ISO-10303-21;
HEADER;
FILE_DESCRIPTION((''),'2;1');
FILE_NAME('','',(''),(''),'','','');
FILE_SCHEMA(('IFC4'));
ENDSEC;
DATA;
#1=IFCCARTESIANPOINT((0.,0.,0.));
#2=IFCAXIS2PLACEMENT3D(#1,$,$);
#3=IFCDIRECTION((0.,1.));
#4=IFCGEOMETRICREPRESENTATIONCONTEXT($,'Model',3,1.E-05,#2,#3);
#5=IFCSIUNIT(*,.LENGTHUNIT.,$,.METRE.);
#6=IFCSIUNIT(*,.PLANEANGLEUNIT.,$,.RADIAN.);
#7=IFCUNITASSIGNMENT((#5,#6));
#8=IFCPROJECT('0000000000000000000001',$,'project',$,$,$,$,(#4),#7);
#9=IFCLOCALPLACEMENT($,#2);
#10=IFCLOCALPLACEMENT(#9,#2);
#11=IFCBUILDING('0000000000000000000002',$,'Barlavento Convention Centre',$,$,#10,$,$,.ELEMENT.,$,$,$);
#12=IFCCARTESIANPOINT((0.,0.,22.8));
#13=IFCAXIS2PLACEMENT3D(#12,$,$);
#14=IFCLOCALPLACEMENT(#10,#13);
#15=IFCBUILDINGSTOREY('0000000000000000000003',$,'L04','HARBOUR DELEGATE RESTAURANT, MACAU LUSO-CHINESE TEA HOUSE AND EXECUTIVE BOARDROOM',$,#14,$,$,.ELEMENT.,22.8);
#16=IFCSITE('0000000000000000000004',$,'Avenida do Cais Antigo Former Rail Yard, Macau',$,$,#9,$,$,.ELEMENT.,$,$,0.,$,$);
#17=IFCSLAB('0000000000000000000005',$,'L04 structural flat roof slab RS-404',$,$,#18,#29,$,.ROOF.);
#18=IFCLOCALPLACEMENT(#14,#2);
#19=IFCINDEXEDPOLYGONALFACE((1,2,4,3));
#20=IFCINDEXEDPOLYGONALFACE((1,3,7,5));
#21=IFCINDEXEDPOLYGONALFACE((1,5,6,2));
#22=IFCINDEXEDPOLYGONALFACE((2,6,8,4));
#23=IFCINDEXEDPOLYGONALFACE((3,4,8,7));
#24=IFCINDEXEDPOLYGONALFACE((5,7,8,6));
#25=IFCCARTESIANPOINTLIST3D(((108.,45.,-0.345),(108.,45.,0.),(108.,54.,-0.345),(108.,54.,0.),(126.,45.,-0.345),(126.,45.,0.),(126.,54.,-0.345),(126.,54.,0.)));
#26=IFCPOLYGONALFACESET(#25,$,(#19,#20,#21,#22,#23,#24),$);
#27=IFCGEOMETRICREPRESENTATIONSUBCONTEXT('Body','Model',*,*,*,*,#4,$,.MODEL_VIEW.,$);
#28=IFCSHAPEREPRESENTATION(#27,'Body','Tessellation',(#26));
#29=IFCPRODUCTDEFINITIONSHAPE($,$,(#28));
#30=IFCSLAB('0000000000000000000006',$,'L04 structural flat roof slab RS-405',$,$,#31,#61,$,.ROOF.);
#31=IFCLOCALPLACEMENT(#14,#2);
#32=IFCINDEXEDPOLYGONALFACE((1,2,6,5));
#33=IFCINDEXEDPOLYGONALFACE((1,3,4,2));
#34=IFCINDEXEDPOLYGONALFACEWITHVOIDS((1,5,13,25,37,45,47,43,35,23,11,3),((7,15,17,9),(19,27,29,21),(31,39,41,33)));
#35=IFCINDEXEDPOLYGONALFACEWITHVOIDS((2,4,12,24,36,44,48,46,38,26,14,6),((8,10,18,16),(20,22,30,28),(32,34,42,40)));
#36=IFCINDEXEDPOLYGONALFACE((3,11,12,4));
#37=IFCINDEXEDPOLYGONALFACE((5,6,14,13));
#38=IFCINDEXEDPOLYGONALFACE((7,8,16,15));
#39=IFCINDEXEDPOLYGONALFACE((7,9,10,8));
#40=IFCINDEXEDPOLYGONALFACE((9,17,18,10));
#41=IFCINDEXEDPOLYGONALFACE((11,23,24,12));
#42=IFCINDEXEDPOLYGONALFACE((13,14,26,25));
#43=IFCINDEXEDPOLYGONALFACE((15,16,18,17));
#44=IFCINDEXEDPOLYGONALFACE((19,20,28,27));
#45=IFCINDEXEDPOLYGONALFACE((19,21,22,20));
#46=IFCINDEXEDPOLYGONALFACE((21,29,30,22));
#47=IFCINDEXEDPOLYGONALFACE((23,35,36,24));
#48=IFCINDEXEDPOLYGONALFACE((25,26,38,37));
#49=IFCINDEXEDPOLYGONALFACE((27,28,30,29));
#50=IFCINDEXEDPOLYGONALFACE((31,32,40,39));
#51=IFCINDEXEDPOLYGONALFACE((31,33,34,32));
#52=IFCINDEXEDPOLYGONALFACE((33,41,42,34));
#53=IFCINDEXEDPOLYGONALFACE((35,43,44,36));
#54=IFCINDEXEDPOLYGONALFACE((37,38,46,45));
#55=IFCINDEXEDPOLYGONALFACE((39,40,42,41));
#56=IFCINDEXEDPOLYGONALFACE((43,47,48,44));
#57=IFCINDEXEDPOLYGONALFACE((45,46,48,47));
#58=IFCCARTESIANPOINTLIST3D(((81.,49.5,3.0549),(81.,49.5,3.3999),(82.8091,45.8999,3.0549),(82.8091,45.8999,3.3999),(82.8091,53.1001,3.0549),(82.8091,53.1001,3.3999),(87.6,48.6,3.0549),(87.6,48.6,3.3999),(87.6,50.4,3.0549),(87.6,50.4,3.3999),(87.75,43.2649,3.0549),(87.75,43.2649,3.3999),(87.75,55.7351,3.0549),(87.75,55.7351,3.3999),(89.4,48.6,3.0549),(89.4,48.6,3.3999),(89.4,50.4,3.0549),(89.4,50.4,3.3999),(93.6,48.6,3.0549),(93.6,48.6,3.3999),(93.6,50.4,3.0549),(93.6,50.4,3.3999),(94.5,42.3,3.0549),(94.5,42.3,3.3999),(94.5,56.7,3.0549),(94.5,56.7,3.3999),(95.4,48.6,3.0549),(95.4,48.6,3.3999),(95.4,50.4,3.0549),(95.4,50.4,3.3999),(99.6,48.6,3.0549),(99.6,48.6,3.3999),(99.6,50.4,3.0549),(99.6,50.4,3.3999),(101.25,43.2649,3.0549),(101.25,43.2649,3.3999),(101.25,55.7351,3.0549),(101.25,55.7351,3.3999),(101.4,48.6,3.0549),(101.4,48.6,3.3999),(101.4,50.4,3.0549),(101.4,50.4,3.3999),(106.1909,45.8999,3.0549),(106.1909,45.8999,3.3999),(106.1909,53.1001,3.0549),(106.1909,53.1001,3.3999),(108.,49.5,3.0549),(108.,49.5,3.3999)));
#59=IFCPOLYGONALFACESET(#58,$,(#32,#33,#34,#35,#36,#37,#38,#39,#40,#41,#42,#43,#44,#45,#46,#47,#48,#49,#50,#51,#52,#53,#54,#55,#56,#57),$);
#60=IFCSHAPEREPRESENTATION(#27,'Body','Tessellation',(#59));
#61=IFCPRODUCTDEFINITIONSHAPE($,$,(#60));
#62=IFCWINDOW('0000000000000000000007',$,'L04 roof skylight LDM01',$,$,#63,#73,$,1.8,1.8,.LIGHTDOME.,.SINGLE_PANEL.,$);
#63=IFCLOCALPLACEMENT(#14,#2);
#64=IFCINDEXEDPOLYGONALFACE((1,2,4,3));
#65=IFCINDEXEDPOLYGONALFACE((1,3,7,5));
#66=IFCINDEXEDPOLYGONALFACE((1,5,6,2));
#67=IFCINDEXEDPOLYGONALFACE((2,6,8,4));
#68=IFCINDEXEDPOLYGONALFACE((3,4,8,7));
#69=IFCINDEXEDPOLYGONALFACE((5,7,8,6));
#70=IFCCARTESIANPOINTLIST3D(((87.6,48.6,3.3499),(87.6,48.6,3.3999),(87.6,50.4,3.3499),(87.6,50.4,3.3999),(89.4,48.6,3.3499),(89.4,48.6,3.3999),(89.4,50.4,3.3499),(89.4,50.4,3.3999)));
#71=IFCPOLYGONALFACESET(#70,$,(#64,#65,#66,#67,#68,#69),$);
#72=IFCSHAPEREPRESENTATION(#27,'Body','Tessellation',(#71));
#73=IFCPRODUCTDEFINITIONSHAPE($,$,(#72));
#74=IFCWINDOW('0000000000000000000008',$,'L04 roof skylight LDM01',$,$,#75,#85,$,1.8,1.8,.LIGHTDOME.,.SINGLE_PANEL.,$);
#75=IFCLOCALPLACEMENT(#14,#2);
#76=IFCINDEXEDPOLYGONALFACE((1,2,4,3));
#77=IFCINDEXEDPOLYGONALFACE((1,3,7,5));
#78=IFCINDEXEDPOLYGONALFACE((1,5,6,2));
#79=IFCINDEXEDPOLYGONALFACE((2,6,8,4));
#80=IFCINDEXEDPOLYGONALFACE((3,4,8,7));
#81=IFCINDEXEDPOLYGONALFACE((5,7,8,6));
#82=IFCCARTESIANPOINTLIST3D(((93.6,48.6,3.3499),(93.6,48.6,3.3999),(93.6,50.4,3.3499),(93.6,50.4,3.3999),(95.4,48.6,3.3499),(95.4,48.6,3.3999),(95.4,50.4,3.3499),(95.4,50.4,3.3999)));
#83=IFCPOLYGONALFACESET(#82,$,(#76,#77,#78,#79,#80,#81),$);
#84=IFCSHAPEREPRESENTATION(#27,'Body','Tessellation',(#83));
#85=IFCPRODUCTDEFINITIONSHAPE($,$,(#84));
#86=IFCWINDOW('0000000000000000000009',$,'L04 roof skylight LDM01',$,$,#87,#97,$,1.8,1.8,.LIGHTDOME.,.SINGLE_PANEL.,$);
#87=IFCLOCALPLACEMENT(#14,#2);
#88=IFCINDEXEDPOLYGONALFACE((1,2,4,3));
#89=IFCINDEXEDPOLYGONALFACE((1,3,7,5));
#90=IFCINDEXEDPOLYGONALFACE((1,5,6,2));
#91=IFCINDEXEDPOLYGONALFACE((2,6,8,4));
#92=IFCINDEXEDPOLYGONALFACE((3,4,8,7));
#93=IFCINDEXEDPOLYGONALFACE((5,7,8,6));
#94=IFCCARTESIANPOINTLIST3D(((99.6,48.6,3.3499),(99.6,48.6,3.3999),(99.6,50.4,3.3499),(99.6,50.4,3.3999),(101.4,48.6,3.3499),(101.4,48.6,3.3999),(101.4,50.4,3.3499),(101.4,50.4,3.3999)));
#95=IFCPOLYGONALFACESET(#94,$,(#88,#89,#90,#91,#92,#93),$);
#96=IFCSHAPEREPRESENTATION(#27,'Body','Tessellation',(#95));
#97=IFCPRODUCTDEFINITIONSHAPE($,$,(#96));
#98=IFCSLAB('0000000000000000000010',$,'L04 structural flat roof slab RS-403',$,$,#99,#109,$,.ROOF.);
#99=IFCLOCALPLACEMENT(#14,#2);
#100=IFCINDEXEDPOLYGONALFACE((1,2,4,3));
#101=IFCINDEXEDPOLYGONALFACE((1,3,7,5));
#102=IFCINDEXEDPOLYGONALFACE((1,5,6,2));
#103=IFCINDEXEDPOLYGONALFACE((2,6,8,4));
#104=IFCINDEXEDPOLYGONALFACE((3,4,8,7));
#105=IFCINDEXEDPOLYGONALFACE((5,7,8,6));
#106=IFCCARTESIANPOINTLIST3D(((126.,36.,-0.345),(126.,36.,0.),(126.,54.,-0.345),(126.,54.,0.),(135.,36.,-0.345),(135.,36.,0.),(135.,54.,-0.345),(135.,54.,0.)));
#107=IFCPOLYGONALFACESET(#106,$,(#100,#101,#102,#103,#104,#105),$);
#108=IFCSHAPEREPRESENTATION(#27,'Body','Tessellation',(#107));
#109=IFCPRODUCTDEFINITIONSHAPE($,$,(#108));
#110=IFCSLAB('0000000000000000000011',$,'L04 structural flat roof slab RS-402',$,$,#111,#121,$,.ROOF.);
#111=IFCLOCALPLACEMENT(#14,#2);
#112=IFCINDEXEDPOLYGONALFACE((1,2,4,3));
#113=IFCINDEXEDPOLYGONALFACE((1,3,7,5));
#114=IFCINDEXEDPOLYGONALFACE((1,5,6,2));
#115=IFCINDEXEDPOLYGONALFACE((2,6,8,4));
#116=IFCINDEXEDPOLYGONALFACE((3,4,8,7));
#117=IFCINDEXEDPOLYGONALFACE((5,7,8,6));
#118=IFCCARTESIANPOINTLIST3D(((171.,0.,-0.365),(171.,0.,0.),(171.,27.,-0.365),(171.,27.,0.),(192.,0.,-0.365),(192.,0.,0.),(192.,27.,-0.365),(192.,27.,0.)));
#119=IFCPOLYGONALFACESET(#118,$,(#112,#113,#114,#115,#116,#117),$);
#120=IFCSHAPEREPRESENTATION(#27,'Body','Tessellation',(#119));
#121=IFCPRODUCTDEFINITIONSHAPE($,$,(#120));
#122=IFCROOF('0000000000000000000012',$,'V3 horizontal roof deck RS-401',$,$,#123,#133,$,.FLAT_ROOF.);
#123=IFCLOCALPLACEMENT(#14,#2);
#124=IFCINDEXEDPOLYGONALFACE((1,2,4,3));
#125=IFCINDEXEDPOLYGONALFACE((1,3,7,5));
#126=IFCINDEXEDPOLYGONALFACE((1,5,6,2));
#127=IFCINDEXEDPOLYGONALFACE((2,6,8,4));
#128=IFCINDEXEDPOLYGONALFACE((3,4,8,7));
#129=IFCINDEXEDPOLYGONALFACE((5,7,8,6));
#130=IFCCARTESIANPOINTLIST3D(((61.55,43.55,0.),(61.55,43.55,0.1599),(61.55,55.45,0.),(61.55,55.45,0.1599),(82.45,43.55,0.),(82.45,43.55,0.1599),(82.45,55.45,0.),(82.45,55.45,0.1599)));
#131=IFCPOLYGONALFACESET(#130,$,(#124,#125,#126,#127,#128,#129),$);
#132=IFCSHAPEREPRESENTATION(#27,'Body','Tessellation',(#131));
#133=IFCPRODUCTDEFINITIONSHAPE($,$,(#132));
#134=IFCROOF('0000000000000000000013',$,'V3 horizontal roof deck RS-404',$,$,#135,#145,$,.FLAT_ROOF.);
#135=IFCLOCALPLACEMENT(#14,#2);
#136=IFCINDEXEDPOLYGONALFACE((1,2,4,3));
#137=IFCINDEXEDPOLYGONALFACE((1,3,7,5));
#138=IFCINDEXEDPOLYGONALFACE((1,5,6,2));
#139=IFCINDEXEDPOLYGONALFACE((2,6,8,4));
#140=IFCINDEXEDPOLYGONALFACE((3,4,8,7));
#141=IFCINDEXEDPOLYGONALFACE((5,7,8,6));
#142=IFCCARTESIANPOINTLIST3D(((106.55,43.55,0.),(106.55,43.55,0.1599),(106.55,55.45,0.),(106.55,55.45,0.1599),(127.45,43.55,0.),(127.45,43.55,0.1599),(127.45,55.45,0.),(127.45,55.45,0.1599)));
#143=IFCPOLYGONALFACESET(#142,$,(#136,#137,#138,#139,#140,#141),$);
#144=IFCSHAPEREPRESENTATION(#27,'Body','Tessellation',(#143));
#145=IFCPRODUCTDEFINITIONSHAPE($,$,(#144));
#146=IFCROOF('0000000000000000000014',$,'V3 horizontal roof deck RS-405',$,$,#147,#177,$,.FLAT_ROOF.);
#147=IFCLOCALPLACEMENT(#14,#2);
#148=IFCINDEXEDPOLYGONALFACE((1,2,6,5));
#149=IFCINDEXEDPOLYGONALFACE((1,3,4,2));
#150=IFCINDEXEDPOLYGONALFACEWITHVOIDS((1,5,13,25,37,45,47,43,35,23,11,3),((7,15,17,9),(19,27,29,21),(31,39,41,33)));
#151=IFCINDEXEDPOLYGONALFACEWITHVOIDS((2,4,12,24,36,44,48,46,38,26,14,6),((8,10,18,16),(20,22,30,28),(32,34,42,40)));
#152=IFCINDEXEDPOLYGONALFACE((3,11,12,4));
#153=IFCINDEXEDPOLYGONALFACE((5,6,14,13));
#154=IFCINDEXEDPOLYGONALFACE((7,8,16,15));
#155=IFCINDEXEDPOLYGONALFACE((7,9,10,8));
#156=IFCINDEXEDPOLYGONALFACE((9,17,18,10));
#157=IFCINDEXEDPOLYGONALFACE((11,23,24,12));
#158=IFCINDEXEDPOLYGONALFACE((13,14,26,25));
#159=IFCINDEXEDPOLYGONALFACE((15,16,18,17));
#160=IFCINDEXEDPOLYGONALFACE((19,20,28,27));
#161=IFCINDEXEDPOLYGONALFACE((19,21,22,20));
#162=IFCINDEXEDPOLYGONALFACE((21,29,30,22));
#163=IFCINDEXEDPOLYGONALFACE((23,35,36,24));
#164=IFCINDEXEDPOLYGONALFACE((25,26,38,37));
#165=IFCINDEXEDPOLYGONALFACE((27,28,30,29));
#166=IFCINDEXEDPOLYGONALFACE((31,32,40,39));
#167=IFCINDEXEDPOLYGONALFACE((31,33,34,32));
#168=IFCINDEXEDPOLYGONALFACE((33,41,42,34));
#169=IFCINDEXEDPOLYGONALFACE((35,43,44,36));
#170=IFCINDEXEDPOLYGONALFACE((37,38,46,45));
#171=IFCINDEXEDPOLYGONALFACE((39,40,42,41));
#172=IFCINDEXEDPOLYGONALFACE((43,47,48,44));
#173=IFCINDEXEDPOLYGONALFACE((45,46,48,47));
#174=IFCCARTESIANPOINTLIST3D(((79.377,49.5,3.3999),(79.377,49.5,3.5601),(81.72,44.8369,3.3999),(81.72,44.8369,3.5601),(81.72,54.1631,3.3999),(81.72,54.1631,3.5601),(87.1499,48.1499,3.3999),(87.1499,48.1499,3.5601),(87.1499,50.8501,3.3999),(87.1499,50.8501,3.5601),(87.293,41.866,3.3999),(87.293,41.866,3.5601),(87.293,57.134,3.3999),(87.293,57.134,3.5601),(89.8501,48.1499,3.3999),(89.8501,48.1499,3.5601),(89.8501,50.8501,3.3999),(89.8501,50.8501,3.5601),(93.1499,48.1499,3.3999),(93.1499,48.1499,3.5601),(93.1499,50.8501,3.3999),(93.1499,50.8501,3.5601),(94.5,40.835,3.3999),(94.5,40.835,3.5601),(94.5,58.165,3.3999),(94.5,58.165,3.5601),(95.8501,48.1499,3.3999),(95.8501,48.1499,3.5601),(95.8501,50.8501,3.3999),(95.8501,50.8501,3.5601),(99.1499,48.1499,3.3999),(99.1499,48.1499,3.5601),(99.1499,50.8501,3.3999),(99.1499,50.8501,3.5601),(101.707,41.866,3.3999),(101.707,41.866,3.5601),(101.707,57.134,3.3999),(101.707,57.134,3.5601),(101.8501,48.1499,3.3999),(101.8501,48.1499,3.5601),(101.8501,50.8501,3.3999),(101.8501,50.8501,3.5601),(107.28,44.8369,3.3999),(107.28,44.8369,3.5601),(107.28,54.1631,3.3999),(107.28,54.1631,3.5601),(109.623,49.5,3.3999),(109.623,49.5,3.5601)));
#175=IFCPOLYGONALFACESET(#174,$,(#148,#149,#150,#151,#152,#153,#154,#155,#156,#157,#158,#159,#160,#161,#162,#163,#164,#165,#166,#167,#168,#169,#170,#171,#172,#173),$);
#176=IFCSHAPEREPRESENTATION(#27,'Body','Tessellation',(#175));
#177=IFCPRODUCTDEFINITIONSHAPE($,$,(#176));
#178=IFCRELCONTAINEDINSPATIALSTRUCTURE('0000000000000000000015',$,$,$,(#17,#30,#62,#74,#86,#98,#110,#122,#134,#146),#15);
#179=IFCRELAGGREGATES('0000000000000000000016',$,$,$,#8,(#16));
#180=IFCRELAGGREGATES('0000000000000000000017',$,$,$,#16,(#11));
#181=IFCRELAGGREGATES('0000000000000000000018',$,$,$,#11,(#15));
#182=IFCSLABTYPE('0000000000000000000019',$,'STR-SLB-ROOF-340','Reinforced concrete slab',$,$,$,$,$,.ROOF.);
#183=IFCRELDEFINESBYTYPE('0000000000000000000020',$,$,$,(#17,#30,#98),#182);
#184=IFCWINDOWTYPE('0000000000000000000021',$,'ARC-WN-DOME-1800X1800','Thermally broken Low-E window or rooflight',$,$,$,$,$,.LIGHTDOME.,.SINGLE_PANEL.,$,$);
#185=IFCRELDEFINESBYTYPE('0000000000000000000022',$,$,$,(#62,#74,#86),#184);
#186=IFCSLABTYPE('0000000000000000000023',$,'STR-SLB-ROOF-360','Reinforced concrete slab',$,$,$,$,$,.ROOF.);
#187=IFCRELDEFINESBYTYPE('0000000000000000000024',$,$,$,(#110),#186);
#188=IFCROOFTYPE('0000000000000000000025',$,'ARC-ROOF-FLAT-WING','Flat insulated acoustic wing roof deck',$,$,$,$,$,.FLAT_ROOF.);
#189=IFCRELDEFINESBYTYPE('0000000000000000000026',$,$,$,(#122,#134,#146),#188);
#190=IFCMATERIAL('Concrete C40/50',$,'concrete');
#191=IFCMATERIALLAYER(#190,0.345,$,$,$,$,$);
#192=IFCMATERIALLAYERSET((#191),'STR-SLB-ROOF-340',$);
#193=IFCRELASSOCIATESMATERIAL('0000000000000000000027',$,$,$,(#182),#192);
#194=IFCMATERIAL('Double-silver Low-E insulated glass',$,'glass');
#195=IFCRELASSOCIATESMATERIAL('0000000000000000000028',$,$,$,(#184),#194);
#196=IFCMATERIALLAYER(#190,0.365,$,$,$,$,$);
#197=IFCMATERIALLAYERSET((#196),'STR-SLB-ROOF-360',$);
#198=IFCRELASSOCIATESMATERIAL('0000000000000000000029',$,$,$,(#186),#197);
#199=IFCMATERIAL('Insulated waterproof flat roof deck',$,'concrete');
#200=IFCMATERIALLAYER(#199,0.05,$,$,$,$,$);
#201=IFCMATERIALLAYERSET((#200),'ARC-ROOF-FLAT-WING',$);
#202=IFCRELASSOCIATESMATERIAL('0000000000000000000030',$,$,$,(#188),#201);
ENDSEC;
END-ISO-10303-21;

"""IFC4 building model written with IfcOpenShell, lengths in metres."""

from ifc_helpers import new_model, si_unit, direction, frame, origin, origin_2d, place, context, subcontext, project, spatial, polyline, rectangle, outline, extrude, material, layer, layer_set, type_object, element, fill, save


model = new_model("IFC4")

# Units and contexts
model_context = context("Model", 3, precision=1e-05, world=origin(), true_north=direction((0.0, 1.0)))
body_context = subcontext(model_context, "Body", "Model", "MODEL_VIEW")
ifc_project = project(units=[si_unit("LENGTHUNIT", "METRE"), si_unit("PLANEANGLEUNIT", "RADIAN")], contexts=[model_context])

# Site, building, storey
site_placement = place(None, origin())
site = spatial("IfcSite", under=ifc_project, at=site_placement, Name="Avenida do Cais Antigo Former Rail Yard, Macau", CompositionType="ELEMENT", RefElevation=0.0)
building_placement = place(site_placement, origin())
building = spatial("IfcBuilding", under=site, at=building_placement, Name="Barlavento Convention Centre", CompositionType="ELEMENT")
storey_placement = place(building_placement, frame((0.0, 0.0, 22.8)))
storey = spatial("IfcBuildingStorey", under=building, at=storey_placement, Name="L04", Description="HARBOUR DELEGATE RESTAURANT, MACAU LUSO-CHINESE TEA HOUSE AND EXECUTIVE BOARDROOM", CompositionType="ELEMENT", Elevation=22.8)

# Shared definitions
ifc_material_1 = material(Name="Concrete C40/50", Category="concrete")

# Slab
ifc_layer_1 = layer(ifc_material_1, 0.345)
ifc_layer_set_1 = layer_set([ifc_layer_1], Name="STR-SLB-ROOF-340")
slab_type_1 = type_object("IfcSlabType", Name="STR-SLB-ROOF-340", Description="Reinforced concrete slab", PredefinedType="ROOF", material=ifc_layer_set_1)
slab_1_placement = place(storey_placement, frame((0.0, 0.0, -0.345)))
element("IfcSlab", 1, at=slab_1_placement, inside=storey, type_object=slab_type_1, Name="L04 structural flat roof slab RS-404", PredefinedType="ROOF", context=body_context, shape_type="SweptSolid", body=[
    extrude(outline(polyline([(108.0, 45.0), (126.0, 45.0), (126.0, 54.0), (108.0, 54.0), (108.0, 45.0)])), origin(), (0.0, 0.0, 1.0), 0.345),
])

# Slab, openings, windows
slab_2_placement = place(storey_placement, frame((0.0, 0.0, 3.0549)))
slab_2 = element("IfcSlab", 2, at=slab_2_placement, inside=storey, type_object=slab_type_1, Name="L04 structural flat roof slab RS-405", PredefinedType="ROOF", context=body_context, shape_type="SweptSolid", body=[
    extrude(outline(polyline([(108.0, 49.5), (106.1909, 53.1001), (101.25, 55.7351), (94.5, 56.7), (87.75, 55.7351), (82.8091, 53.1001), (81.0, 49.5), (82.8091, 45.8999), (87.75, 43.2649), (94.5, 42.3), (101.25, 43.2649), (106.1909, 45.8999), (108.0, 49.5)])), origin(), (0.0, 0.0, 1.0), 0.345),
])
opening_1_placement = place(slab_2_placement, frame((88.5, 49.5, 0.0)))
opening_1 = element("IfcOpeningElement", 3, at=opening_1_placement, cuts=slab_2, PredefinedType="OPENING", context=body_context, shape_type="SweptSolid", body=[
    extrude(rectangle(XDim=1.8, YDim=1.8, at=origin_2d()), origin(), (0.0, 0.0, 1.0), 0.345),
])
opening_2_placement = place(slab_2_placement, frame((94.5, 49.5, 0.0)))
opening_2 = element("IfcOpeningElement", 4, at=opening_2_placement, cuts=slab_2, PredefinedType="OPENING", context=body_context, shape_type="SweptSolid", body=[
    extrude(rectangle(XDim=1.8, YDim=1.8, at=origin_2d()), origin(), (0.0, 0.0, 1.0), 0.345),
])
opening_3_placement = place(slab_2_placement, frame((100.5, 49.5, 0.0)))
opening_3 = element("IfcOpeningElement", 5, at=opening_3_placement, cuts=slab_2, PredefinedType="OPENING", context=body_context, shape_type="SweptSolid", body=[
    extrude(rectangle(XDim=1.8, YDim=1.8, at=origin_2d()), origin(), (0.0, 0.0, 1.0), 0.345),
])
ifc_material_2 = material(Name="Double-silver Low-E insulated glass", Category="glass")
window_type = type_object("IfcWindowType", Name="ARC-WN-DOME-1800X1800", Description="Thermally broken Low-E window or rooflight", PartitioningType="SINGLE_PANEL", PredefinedType="LIGHTDOME", material=ifc_material_2)
window_1_placement = place(opening_1_placement, frame((0.0, 0.0, 0.2949)))
window_1 = element("IfcWindow", 6, at=window_1_placement, inside=storey, type_object=window_type, Name="L04 roof skylight LDM01", OverallHeight=1.8, OverallWidth=1.8, PartitioningType="SINGLE_PANEL", PredefinedType="LIGHTDOME", context=body_context, shape_type="SweptSolid", body=[
    extrude(rectangle(XDim=1.8, YDim=1.8, at=origin_2d()), origin(), (0.0, 0.0, 1.0), 0.05),
])
fill(opening_1, window_1)
window_2_placement = place(opening_2_placement, frame((0.0, 0.0, 0.2949)))
window_2 = element("IfcWindow", 7, at=window_2_placement, inside=storey, type_object=window_type, Name="L04 roof skylight LDM01", OverallHeight=1.8, OverallWidth=1.8, PartitioningType="SINGLE_PANEL", PredefinedType="LIGHTDOME", context=body_context, shape_type="SweptSolid", body=[
    extrude(rectangle(XDim=1.8, YDim=1.8, at=origin_2d()), origin(), (0.0, 0.0, 1.0), 0.05),
])
fill(opening_2, window_2)
window_3_placement = place(opening_3_placement, frame((0.0, 0.0, 0.2949)))
window_3 = element("IfcWindow", 8, at=window_3_placement, inside=storey, type_object=window_type, Name="L04 roof skylight LDM01", OverallHeight=1.8, OverallWidth=1.8, PartitioningType="SINGLE_PANEL", PredefinedType="LIGHTDOME", context=body_context, shape_type="SweptSolid", body=[
    extrude(rectangle(XDim=1.8, YDim=1.8, at=origin_2d()), origin(), (0.0, 0.0, 1.0), 0.05),
])
fill(opening_3, window_3)

# Slabs
slab_3_placement = place(storey_placement, frame((0.0, 0.0, -0.345)))
element("IfcSlab", 9, at=slab_3_placement, inside=storey, type_object=slab_type_1, Name="L04 structural flat roof slab RS-403", PredefinedType="ROOF", context=body_context, shape_type="SweptSolid", body=[
    extrude(outline(polyline([(126.0, 36.0), (135.0, 36.0), (135.0, 54.0), (126.0, 54.0), (126.0, 36.0)])), origin(), (0.0, 0.0, 1.0), 0.345),
])
ifc_layer_2 = layer(ifc_material_1, 0.365)
ifc_layer_set_2 = layer_set([ifc_layer_2], Name="STR-SLB-ROOF-360")
slab_type_2 = type_object("IfcSlabType", Name="STR-SLB-ROOF-360", Description="Reinforced concrete slab", PredefinedType="ROOF", material=ifc_layer_set_2)
slab_4_placement = place(storey_placement, frame((0.0, 0.0, -0.365)))
element("IfcSlab", 10, at=slab_4_placement, inside=storey, type_object=slab_type_2, Name="L04 structural flat roof slab RS-402", PredefinedType="ROOF", context=body_context, shape_type="SweptSolid", body=[
    extrude(outline(polyline([(171.0, 0.0), (192.0, 0.0), (192.0, 27.0), (171.0, 27.0), (171.0, 0.0)])), origin(), (0.0, 0.0, 1.0), 0.365),
])

# Roofs
ifc_material_3 = material(Name="Insulated waterproof flat roof deck", Category="concrete")
ifc_layer_3 = layer(ifc_material_3, 0.05)
ifc_layer_set_3 = layer_set([ifc_layer_3], Name="ARC-ROOF-FLAT-WING")
roof_type = type_object("IfcRoofType", Name="ARC-ROOF-FLAT-WING", Description="Flat insulated acoustic wing roof deck", PredefinedType="FLAT_ROOF", material=ifc_layer_set_3)
roof_1_placement = place(storey_placement, origin())
element("IfcRoof", 11, at=roof_1_placement, inside=storey, type_object=roof_type, Name="V3 horizontal roof deck RS-401", PredefinedType="FLAT_ROOF", context=body_context, shape_type="SweptSolid", body=[
    extrude(outline(polyline([(61.55, 43.55), (61.55, 55.45), (82.45, 55.45), (82.45, 43.55), (61.55, 43.55)])), origin(), (0.0, 0.0, 1.0), 0.1599),
])
roof_2_placement = place(storey_placement, origin())
element("IfcRoof", 12, at=roof_2_placement, inside=storey, type_object=roof_type, Name="V3 horizontal roof deck RS-404", PredefinedType="FLAT_ROOF", context=body_context, shape_type="SweptSolid", body=[
    extrude(outline(polyline([(106.55, 43.55), (106.55, 55.45), (127.45, 55.45), (127.45, 43.55), (106.55, 43.55)])), origin(), (0.0, 0.0, 1.0), 0.1599),
])
roof_3_placement = place(storey_placement, frame((0.0, 0.0, 3.3999)))
element("IfcRoof", 13, at=roof_3_placement, inside=storey, type_object=roof_type, Name="V3 horizontal roof deck RS-405", PredefinedType="FLAT_ROOF", context=body_context, shape_type="SweptSolid", body=[
    extrude(outline(polyline([(109.623, 49.5), (107.28, 44.8369), (101.707, 41.866), (94.5, 40.835), (87.293, 41.866), (81.72, 44.8369), (79.377, 49.5), (81.72, 54.1631), (87.293, 57.134), (94.5, 58.165), (101.707, 57.134), (107.28, 54.1631), (109.623, 49.5)]), holes=[polyline([(87.1499, 48.1499), (89.8501, 48.1499), (89.8501, 50.8501), (87.1499, 50.8501), (87.1499, 48.1499)]), polyline([(93.1499, 48.1499), (95.8501, 48.1499), (95.8501, 50.8501), (93.1499, 50.8501), (93.1499, 48.1499)]), polyline([(99.1499, 48.1499), (101.8501, 48.1499), (101.8501, 50.8501), (99.1499, 50.8501), (99.1499, 48.1499)])]), origin(), (0.0, 0.0, 1.0), 0.1602),
])

save(model, "model.ifc")
